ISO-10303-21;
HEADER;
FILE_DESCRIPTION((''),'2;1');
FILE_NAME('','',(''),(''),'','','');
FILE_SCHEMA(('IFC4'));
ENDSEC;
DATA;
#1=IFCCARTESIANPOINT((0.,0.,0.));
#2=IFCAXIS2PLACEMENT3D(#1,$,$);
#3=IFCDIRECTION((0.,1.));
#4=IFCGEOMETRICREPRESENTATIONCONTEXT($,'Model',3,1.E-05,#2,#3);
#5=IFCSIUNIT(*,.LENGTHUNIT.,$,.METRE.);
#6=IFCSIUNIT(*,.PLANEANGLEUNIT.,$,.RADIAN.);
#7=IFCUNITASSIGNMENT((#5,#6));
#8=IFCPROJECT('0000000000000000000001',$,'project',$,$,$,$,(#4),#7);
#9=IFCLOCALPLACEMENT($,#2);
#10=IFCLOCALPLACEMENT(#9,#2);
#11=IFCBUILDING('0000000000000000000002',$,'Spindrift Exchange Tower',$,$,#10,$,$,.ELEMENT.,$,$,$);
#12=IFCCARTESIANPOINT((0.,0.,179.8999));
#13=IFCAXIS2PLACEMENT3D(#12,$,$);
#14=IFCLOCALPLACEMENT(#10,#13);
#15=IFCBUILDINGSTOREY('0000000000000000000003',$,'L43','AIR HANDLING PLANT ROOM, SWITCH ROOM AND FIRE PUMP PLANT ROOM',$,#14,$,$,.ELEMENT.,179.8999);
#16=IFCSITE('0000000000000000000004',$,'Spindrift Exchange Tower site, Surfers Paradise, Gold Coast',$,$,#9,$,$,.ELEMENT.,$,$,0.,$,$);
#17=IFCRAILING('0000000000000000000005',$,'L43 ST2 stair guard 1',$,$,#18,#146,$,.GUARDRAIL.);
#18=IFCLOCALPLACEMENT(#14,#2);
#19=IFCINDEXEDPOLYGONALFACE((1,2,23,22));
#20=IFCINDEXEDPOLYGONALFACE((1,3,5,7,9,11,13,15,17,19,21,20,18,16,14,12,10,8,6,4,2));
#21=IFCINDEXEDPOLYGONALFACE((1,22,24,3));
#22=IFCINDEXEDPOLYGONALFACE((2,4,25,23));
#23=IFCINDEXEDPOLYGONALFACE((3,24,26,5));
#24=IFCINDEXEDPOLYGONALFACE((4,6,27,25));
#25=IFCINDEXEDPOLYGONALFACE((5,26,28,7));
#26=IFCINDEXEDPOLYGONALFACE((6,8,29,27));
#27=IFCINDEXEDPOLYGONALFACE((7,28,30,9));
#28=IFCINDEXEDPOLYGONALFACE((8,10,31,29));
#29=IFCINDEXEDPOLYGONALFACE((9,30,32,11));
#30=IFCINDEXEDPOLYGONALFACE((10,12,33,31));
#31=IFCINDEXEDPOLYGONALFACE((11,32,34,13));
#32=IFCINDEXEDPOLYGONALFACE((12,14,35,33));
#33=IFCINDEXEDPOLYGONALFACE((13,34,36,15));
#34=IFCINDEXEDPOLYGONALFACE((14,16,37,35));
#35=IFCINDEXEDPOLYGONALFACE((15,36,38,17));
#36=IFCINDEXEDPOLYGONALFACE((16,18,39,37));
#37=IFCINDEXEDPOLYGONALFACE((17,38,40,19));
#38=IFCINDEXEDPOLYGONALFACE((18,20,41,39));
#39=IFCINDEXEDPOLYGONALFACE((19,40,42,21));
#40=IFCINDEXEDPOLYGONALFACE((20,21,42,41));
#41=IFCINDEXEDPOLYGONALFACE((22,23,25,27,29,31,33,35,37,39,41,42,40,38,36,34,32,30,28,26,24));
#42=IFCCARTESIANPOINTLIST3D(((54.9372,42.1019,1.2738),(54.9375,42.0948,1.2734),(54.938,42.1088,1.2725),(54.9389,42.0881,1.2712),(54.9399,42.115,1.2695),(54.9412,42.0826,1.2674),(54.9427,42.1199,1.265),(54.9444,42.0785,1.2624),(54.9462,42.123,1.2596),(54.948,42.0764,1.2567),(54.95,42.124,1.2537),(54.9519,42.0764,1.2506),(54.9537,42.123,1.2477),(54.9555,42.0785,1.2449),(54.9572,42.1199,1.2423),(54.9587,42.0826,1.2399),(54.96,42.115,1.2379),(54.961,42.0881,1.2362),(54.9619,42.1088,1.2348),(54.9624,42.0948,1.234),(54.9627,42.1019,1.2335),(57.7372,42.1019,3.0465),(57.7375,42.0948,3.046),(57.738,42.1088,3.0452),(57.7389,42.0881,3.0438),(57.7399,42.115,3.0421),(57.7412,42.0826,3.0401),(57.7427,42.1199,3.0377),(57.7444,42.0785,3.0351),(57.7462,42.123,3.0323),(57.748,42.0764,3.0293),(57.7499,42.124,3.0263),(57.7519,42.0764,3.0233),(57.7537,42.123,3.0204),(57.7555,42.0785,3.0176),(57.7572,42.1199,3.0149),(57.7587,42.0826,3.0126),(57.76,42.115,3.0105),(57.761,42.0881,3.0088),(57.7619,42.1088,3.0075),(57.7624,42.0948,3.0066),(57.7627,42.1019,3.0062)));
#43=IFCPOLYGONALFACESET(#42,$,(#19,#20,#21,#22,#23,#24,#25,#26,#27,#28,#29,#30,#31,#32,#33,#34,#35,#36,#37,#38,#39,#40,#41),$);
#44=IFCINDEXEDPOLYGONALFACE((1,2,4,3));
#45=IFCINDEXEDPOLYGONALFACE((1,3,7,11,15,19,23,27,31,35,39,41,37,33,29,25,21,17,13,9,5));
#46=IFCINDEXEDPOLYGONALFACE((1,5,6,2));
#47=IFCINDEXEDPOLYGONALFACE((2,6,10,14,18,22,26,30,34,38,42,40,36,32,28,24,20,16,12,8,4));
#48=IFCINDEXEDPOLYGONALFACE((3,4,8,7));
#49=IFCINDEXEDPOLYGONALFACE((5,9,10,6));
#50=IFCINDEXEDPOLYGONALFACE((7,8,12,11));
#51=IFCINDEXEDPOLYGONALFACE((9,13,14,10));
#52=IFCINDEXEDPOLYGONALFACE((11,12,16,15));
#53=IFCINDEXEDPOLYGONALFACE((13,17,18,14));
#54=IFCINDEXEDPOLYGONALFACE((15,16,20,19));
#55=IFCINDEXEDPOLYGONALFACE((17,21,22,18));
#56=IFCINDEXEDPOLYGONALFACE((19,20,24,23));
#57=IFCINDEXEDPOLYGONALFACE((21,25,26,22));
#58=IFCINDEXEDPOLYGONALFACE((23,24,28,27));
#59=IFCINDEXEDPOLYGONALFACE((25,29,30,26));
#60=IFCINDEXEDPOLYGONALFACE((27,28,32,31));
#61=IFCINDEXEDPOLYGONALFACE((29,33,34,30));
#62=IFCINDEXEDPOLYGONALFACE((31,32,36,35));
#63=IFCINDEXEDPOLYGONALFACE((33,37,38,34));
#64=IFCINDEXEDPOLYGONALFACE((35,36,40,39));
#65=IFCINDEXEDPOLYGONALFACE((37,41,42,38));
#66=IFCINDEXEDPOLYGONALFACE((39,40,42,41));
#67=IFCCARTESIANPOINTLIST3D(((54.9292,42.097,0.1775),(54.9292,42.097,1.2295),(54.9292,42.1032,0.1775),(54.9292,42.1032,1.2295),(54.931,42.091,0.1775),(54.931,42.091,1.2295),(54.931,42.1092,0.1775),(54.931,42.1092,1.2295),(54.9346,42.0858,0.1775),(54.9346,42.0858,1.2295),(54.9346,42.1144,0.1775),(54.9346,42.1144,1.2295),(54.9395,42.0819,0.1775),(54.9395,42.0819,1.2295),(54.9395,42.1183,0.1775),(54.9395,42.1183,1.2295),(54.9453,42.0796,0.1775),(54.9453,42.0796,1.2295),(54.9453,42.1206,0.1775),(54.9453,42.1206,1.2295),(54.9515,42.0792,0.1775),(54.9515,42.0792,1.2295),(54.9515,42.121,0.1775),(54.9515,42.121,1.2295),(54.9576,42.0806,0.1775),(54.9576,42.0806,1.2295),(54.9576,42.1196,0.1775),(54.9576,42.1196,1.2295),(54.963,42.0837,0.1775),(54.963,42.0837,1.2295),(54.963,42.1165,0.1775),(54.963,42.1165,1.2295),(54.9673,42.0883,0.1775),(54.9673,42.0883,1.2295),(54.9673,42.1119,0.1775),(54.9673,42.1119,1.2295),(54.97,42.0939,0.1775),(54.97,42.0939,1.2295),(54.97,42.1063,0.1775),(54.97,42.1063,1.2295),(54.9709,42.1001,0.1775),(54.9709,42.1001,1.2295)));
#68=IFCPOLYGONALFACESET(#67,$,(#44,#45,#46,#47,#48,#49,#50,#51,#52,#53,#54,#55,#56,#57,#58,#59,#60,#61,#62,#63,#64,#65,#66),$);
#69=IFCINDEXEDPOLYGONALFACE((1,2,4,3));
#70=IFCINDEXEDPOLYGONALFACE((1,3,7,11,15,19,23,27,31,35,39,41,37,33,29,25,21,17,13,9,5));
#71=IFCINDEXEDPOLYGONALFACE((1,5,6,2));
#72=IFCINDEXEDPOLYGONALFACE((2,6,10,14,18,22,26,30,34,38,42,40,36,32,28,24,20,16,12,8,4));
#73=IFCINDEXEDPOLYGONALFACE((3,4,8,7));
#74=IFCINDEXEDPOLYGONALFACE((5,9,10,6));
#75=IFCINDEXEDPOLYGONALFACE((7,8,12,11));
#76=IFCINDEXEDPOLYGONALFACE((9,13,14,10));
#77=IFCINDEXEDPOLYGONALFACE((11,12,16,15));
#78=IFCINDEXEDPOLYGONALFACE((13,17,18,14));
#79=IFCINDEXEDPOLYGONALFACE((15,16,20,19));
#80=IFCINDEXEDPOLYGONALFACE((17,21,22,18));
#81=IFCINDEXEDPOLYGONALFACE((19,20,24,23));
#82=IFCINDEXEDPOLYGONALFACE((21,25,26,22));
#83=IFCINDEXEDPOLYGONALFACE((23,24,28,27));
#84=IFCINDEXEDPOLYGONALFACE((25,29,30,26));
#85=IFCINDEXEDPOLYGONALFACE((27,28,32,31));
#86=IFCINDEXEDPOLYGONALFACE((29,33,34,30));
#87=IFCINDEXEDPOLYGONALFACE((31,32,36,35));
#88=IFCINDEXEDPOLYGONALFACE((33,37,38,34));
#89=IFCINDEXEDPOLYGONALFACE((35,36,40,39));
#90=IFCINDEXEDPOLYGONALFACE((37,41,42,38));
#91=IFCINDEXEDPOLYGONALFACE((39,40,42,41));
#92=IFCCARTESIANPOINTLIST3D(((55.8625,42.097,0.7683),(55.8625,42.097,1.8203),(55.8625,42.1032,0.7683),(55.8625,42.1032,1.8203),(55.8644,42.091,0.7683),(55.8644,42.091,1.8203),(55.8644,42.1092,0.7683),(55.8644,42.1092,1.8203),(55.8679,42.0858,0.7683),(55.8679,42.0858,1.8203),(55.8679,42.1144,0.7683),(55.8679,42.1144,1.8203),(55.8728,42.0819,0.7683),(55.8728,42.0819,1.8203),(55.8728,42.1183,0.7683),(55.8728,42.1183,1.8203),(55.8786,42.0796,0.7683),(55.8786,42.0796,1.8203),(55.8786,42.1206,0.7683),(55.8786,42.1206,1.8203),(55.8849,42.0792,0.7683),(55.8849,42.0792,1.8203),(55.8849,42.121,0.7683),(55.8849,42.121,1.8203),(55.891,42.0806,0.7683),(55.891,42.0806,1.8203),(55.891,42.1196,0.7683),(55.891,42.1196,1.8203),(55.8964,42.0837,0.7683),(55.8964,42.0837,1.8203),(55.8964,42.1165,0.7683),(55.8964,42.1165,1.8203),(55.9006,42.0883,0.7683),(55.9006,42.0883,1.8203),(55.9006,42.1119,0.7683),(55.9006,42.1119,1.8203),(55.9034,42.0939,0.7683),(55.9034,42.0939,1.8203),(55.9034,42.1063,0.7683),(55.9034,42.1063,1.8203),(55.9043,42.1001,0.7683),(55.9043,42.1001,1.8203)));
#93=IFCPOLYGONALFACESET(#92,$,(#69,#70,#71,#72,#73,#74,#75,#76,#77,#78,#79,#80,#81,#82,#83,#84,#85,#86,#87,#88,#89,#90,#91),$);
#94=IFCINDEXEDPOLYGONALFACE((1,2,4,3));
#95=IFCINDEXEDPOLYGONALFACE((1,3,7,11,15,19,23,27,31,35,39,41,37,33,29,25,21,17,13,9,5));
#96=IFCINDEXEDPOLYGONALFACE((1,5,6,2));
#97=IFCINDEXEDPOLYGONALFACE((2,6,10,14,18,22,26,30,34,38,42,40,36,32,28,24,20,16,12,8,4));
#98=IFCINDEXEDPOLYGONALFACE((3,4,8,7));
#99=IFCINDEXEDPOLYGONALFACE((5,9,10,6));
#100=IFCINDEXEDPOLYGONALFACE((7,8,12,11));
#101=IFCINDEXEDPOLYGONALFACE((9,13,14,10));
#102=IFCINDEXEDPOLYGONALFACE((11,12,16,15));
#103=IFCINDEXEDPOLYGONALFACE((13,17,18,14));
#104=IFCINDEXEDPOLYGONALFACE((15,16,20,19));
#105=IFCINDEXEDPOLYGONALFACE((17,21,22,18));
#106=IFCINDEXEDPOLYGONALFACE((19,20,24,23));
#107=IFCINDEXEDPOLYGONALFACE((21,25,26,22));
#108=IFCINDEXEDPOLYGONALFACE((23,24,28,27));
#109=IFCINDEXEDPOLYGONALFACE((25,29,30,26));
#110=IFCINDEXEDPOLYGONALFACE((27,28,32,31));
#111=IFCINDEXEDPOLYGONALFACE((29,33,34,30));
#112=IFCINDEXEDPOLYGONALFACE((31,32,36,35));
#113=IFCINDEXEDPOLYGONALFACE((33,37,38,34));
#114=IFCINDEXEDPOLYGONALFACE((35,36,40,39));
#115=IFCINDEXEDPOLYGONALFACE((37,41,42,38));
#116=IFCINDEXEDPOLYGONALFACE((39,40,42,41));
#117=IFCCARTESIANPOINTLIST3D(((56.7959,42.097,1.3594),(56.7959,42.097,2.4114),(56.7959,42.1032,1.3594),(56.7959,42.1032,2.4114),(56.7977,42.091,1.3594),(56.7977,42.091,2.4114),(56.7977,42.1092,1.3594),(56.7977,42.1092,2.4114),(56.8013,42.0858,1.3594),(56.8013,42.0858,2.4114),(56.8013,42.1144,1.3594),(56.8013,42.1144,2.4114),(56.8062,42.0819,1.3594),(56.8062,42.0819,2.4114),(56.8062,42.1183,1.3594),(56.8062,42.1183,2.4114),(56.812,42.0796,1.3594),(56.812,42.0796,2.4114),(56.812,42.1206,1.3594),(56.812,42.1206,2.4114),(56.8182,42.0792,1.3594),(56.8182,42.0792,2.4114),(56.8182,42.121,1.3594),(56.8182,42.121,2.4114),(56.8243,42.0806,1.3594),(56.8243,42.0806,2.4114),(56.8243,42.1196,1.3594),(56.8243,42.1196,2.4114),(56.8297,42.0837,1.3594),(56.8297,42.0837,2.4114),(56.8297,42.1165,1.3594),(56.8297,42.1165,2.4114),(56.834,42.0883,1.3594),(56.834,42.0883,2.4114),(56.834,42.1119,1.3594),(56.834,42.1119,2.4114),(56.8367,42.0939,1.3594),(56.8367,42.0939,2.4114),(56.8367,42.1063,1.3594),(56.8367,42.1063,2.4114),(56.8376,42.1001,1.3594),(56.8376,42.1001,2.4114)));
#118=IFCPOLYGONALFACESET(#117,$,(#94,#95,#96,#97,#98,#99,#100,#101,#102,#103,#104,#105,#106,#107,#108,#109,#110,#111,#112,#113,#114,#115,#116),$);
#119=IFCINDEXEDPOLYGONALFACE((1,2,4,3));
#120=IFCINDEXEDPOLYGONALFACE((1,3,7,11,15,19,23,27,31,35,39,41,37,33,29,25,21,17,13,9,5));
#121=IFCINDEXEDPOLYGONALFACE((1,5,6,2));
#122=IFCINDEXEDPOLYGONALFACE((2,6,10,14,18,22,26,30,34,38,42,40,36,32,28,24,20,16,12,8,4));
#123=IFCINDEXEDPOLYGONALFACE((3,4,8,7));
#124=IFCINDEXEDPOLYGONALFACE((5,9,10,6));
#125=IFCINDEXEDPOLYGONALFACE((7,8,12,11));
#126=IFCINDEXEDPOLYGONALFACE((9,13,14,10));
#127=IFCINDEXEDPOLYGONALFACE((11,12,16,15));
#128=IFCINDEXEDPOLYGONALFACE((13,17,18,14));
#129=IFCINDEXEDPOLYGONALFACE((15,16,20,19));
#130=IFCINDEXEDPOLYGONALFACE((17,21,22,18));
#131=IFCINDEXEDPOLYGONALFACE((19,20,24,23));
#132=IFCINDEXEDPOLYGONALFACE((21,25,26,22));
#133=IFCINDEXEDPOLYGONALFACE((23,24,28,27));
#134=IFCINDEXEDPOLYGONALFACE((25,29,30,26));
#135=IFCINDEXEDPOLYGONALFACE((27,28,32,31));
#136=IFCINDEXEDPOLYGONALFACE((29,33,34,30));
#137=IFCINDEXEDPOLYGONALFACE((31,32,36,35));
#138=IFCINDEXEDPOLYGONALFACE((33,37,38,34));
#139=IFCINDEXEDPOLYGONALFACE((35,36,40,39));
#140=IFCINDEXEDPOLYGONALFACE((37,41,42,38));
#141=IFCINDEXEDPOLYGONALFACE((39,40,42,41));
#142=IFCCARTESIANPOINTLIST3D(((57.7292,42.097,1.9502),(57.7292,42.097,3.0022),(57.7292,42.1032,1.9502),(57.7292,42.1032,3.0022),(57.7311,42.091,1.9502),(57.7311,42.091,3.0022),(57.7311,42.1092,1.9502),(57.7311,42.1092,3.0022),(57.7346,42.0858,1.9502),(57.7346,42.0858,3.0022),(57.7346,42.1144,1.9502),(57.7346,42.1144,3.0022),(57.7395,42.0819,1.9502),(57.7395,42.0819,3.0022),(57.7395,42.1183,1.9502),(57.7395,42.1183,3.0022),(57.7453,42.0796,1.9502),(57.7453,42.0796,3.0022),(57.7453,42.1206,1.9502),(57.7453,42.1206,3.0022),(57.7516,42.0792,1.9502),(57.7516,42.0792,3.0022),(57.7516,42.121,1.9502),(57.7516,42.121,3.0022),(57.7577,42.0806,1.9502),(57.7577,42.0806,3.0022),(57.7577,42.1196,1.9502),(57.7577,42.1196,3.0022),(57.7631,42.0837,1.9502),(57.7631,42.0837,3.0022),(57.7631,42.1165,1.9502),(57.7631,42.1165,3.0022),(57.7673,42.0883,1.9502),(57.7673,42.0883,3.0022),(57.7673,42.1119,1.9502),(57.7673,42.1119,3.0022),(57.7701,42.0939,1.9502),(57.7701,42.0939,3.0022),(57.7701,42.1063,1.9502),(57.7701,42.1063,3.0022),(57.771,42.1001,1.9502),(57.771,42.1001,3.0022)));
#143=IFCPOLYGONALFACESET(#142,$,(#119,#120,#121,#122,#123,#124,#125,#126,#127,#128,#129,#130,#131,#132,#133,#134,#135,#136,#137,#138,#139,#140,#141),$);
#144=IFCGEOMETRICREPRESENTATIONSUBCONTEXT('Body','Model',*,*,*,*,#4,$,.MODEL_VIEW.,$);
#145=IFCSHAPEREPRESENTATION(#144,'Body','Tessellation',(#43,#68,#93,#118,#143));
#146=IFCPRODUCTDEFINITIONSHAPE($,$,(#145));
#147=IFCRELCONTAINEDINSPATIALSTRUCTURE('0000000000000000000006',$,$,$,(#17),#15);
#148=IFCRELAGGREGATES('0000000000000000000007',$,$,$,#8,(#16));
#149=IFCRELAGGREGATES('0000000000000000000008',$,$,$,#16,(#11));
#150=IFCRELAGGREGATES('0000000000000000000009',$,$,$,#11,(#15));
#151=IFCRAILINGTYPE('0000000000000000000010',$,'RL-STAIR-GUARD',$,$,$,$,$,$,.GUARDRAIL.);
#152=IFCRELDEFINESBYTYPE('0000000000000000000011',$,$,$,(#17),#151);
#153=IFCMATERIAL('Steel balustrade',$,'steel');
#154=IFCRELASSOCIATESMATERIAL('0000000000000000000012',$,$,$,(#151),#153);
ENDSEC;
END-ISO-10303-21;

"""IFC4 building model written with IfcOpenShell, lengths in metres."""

from ifc_helpers import new_model, si_unit, direction, frame, origin, origin_2d, place, context, subcontext, project, spatial, circle, extrude, material, type_object, element, save


model = new_model("IFC4")

# Units and contexts
model_context = context("Model", 3, precision=1e-05, world=origin(), true_north=direction((0.0, 1.0)))
body_context = subcontext(model_context, "Body", "Model", "MODEL_VIEW")
ifc_project = project(units=[si_unit("LENGTHUNIT", "METRE"), si_unit("PLANEANGLEUNIT", "RADIAN")], contexts=[model_context])

# Site, building, storey
site_placement = place(None, origin())
site = spatial("IfcSite", under=ifc_project, at=site_placement, Name="Spindrift Exchange Tower site, Surfers Paradise, Gold Coast", CompositionType="ELEMENT", RefElevation=0.0)
building_placement = place(site_placement, origin())
building = spatial("IfcBuilding", under=site, at=building_placement, Name="Spindrift Exchange Tower", CompositionType="ELEMENT")
storey_placement = place(building_placement, frame((0.0, 0.0, 179.8999)))
storey = spatial("IfcBuildingStorey", under=building, at=storey_placement, Name="L43", Description="AIR HANDLING PLANT ROOM, SWITCH ROOM AND FIRE PUMP PLANT ROOM", CompositionType="ELEMENT", Elevation=179.8999)

# Railing
ifc_material_1 = material(Name="Steel balustrade", Category="steel")
railing_type_1 = type_object("IfcRailingType", Name="RL-STAIR-GUARD", PredefinedType="GUARDRAIL", material=ifc_material_1)
railing_1_placement = place(storey_placement, frame((54.95, 42.1001, 0.1775)))
element("IfcRailing", 1, at=railing_1_placement, inside=storey, type_object=railing_type_1, Name="L43 ST2 stair guard 1", PredefinedType="GUARDRAIL", context=body_context, shape_type="SweptSolid", body=[
    extrude(circle(Radius=0.0239, at=origin_2d()), frame((0.0, 0.0, 1.0762), z_axis=(0.844909, 0.0, 0.53491), x_axis=(0.0, 1.0, 0.0)), (0.0, 0.0, 1.0), 3.314),
    extrude(circle(Radius=0.021, at=origin_2d()), origin(), (0.0, 0.0, 1.0), 1.052),
    extrude(circle(Radius=0.021, at=origin_2d()), frame((0.9333, 0.0, 0.5908)), (0.0, 0.0, 1.0), 1.052),
    extrude(circle(Radius=0.021, at=origin_2d()), frame((1.8667, 0.0, 1.1819)), (0.0, 0.0, 1.0), 1.052),
    extrude(circle(Radius=0.021, at=origin_2d()), frame((2.8, 0.0, 1.7727)), (0.0, 0.0, 1.0), 1.052),
])

save(model, "model.ifc")
